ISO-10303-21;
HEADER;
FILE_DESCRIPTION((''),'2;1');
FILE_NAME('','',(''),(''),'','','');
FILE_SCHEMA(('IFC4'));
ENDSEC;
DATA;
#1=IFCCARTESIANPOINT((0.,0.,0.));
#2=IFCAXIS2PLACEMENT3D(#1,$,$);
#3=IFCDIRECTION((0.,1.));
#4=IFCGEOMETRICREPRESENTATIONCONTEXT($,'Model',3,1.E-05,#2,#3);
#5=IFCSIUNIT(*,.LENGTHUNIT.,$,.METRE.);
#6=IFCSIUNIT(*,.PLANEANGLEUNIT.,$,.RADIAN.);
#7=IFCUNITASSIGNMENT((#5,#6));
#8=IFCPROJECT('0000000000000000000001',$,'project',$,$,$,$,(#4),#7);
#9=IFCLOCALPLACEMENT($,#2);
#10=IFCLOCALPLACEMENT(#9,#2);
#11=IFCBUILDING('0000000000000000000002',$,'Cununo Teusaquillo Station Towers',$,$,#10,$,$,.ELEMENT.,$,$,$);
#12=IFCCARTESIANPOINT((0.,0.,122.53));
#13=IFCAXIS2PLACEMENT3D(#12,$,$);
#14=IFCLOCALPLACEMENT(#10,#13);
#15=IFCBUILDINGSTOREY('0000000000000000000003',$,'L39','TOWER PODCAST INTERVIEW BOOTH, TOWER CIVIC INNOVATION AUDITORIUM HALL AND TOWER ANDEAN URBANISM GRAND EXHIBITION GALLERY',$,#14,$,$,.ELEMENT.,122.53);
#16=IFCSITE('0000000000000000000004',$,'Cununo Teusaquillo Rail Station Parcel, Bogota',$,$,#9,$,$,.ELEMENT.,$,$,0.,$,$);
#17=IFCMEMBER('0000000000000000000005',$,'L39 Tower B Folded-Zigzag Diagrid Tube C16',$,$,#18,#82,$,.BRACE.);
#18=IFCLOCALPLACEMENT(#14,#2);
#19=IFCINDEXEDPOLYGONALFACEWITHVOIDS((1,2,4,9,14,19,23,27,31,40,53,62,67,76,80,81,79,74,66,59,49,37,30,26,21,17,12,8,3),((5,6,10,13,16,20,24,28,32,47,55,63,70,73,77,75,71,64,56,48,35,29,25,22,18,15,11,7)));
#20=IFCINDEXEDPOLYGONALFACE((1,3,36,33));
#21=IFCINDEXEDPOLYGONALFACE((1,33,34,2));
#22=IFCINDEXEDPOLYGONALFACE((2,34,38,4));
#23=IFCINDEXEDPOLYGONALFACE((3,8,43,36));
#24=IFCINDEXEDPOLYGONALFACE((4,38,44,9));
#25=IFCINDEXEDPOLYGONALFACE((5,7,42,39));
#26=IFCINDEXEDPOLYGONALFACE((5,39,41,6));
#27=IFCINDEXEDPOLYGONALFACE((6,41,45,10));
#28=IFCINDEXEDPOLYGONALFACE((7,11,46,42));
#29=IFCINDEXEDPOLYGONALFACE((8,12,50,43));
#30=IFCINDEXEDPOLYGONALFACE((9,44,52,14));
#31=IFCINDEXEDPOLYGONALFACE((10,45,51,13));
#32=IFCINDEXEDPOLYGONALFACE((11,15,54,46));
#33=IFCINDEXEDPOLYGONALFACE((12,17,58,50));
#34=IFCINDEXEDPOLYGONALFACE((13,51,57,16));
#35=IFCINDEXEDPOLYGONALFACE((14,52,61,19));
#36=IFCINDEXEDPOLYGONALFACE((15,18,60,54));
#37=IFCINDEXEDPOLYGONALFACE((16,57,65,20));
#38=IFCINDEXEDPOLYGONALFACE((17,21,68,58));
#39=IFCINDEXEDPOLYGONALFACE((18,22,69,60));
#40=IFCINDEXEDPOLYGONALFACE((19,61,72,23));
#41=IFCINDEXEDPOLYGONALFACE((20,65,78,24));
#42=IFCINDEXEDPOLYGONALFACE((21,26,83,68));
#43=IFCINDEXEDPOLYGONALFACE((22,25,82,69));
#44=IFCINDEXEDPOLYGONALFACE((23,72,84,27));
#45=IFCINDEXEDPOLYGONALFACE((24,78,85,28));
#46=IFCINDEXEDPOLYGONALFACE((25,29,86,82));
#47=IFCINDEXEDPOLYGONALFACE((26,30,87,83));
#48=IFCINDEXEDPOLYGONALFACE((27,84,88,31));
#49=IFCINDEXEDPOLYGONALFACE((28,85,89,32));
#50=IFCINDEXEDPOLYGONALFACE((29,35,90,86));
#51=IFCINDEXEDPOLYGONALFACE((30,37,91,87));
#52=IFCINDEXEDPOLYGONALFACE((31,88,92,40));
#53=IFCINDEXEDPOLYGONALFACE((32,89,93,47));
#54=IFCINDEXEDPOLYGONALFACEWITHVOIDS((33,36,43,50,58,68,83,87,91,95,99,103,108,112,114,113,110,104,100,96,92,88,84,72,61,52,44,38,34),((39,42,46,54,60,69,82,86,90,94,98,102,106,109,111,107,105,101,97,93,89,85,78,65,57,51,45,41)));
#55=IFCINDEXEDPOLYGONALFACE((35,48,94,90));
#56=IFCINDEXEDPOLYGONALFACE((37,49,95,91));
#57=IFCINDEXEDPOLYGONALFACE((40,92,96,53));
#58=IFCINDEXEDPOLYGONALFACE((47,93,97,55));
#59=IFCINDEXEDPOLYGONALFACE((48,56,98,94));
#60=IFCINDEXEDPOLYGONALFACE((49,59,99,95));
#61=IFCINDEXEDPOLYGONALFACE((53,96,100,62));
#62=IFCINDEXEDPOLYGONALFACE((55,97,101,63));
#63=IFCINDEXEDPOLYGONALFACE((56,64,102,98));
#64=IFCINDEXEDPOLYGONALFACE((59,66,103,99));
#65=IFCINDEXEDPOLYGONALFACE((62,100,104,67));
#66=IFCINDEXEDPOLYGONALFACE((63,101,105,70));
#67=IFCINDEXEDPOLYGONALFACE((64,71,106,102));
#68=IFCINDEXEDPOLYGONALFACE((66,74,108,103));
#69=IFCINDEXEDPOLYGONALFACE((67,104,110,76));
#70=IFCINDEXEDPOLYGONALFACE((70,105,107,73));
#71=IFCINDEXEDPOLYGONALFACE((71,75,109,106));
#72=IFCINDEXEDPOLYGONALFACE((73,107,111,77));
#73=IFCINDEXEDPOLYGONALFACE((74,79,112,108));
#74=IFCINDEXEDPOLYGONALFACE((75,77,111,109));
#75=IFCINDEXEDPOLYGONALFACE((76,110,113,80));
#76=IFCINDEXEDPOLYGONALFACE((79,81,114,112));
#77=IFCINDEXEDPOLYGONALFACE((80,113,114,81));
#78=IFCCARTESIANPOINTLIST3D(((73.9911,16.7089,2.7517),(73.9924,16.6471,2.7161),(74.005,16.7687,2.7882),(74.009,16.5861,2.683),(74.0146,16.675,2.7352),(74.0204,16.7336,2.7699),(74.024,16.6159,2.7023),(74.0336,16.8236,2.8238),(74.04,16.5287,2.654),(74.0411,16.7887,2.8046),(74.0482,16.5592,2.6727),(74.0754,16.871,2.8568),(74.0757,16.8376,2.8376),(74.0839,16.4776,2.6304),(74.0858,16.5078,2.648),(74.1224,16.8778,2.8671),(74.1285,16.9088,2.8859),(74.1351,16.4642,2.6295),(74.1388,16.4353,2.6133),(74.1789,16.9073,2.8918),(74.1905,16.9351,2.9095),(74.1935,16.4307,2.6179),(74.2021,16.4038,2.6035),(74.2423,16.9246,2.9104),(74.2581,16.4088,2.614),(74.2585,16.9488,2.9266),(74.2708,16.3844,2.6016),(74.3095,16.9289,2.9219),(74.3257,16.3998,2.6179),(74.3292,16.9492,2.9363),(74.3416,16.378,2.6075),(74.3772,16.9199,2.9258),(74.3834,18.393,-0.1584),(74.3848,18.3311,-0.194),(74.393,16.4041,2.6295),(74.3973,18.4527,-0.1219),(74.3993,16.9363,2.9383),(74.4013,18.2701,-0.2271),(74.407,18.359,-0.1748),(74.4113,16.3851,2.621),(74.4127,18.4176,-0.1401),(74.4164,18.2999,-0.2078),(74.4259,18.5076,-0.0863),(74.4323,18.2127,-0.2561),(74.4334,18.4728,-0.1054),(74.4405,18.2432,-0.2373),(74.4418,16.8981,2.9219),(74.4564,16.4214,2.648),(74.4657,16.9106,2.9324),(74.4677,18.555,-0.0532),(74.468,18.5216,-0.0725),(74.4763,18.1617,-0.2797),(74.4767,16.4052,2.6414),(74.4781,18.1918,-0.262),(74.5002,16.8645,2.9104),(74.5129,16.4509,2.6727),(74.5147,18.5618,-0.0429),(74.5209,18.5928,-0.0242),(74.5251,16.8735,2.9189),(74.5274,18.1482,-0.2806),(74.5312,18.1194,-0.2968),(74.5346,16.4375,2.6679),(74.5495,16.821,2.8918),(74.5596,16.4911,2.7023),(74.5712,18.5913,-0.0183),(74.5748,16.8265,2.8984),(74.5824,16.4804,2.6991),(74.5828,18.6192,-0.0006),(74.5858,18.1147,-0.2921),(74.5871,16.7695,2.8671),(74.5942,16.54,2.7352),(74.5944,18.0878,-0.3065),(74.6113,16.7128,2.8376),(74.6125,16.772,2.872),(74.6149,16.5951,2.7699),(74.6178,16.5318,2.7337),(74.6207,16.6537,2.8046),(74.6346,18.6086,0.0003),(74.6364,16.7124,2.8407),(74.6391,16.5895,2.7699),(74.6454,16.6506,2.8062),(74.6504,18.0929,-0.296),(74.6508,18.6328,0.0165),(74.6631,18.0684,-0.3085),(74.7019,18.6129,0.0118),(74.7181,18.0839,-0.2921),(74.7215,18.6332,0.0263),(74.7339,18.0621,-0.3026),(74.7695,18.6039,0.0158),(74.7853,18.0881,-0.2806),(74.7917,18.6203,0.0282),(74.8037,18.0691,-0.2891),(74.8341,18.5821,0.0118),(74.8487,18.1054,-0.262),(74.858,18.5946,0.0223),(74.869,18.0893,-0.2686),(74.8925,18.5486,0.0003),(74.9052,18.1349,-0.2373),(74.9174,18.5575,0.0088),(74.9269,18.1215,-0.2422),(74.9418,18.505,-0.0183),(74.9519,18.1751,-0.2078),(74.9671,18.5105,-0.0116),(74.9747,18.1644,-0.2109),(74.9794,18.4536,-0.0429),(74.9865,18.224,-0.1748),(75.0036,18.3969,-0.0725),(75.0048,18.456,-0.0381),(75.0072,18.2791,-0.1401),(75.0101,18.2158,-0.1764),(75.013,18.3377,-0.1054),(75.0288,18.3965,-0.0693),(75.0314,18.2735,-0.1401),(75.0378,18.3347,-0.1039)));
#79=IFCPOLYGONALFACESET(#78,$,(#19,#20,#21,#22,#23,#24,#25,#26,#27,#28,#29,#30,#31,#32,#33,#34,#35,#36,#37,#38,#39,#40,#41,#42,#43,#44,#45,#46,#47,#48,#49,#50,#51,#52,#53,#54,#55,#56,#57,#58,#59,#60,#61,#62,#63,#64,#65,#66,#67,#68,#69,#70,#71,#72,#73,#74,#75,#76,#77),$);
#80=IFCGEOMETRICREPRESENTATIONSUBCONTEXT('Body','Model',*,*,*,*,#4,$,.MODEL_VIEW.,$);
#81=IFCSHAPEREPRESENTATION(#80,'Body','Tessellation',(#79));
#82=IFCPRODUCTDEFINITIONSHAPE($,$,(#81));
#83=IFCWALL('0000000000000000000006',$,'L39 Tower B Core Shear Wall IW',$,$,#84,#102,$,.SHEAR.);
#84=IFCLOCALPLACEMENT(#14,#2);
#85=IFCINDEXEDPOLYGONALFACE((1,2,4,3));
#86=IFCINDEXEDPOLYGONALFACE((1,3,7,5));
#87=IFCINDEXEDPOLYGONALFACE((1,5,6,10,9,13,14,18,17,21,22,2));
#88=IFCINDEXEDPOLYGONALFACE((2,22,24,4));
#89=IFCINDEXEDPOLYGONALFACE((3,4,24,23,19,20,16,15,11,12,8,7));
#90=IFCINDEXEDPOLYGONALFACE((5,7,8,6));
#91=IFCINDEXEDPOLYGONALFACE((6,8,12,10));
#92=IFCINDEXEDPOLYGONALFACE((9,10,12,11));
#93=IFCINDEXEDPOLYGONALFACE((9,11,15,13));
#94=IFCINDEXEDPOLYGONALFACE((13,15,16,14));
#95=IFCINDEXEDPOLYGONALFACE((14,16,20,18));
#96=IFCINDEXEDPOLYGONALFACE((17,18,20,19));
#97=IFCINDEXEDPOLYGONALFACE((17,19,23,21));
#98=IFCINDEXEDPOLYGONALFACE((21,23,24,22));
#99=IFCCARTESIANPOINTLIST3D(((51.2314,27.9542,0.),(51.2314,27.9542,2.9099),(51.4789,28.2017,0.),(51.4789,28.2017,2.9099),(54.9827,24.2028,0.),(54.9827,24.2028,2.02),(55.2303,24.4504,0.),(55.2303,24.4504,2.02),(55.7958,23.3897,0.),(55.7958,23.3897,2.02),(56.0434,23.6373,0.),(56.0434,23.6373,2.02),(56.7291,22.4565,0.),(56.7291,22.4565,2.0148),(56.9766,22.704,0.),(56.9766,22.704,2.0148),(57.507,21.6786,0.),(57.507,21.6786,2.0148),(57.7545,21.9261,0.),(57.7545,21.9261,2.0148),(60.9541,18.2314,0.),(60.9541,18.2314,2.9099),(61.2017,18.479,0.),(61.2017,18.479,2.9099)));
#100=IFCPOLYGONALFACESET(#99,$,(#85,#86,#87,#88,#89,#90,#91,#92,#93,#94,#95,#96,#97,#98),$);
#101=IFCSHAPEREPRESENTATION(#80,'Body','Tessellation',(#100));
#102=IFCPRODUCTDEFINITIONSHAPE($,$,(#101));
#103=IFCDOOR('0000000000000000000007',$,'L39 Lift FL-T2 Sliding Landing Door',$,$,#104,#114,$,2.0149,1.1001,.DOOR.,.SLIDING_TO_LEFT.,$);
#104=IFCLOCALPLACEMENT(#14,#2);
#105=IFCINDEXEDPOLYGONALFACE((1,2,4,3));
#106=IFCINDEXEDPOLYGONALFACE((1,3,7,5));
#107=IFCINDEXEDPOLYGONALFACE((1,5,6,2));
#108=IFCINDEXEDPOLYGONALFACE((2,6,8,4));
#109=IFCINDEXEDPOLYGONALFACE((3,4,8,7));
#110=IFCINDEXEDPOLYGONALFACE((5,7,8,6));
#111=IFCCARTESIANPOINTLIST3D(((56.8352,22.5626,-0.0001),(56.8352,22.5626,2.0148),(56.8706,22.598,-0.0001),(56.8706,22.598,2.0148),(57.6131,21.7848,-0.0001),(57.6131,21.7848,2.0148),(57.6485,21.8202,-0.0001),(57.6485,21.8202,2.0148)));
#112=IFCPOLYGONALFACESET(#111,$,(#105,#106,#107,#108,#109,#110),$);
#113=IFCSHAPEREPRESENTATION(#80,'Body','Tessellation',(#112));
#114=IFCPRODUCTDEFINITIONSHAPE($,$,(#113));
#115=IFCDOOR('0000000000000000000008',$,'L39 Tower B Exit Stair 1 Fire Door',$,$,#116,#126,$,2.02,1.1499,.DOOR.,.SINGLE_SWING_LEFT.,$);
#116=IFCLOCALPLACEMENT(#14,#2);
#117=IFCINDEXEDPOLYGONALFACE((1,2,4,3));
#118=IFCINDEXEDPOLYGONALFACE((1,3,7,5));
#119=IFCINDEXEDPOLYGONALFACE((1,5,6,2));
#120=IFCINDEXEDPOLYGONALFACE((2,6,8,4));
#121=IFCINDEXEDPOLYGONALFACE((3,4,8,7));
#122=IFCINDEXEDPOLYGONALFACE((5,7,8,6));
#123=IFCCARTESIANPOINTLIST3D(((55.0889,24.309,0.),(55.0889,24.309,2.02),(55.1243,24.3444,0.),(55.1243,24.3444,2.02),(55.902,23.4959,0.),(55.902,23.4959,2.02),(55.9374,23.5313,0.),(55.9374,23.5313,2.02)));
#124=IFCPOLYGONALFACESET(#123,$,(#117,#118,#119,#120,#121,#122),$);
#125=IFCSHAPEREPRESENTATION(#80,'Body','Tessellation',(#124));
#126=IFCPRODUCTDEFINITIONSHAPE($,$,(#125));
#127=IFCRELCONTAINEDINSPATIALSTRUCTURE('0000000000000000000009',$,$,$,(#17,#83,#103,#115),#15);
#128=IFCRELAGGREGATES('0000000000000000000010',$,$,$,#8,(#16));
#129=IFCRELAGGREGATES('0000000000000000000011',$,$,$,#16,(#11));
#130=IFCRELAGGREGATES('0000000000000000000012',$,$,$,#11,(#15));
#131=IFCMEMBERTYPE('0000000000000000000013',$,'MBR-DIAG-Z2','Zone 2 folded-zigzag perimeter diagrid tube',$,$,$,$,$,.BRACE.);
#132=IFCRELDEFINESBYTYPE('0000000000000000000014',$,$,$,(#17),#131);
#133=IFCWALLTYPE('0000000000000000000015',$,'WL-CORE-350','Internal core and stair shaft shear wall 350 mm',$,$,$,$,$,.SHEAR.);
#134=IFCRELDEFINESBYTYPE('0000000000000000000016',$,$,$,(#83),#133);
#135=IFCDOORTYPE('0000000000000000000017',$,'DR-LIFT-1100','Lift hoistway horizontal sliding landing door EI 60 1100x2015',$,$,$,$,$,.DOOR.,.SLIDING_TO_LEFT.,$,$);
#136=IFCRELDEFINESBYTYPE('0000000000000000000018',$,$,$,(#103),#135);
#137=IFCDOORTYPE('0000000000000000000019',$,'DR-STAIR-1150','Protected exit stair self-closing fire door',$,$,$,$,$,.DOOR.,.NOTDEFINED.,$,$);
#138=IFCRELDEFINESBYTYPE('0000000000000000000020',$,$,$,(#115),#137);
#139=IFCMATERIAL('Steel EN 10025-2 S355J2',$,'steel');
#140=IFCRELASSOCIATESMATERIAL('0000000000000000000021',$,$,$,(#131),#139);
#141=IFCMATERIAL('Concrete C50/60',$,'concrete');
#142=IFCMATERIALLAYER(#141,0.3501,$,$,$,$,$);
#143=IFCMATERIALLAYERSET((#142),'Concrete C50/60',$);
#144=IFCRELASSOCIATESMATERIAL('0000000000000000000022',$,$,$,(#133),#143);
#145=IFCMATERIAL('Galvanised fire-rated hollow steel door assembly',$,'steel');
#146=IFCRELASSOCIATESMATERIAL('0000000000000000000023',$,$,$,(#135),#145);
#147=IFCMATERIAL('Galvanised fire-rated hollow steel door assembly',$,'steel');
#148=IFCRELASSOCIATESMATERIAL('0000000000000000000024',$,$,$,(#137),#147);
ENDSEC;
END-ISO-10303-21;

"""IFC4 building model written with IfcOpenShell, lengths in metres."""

from ifc_helpers import new_model, si_unit, direction, frame, frame_2d, origin, origin_2d, place, context, subcontext, project, spatial, rectangle, hollow_circle, extrude, source, transform, mapped, material, layer, layer_set, material_profile, profile_set, type_object, element, fill, save


model = new_model("IFC4")

# Units and contexts
model_context = context("Model", 3, precision=1e-05, world=origin(), true_north=direction((0.0, 1.0)))
body_context = subcontext(model_context, "Body", "Model", "MODEL_VIEW")
ifc_project = project(units=[si_unit("LENGTHUNIT", "METRE"), si_unit("PLANEANGLEUNIT", "RADIAN")], contexts=[model_context])

# Site, building, storey
site_placement = place(None, origin())
site = spatial("IfcSite", under=ifc_project, at=site_placement, Name="Cununo Teusaquillo Rail Station Parcel, Bogota", CompositionType="ELEMENT", RefElevation=0.0)
building_placement = place(site_placement, origin())
building = spatial("IfcBuilding", under=site, at=building_placement, Name="Cununo Teusaquillo Station Towers", CompositionType="ELEMENT")
storey_placement = place(building_placement, frame((0.0, 0.0, 122.53)))
storey = spatial("IfcBuildingStorey", under=building, at=storey_placement, Name="L39", Description="TOWER PODCAST INTERVIEW BOOTH, TOWER CIVIC INNOVATION AUDITORIUM HALL AND TOWER ANDEAN URBANISM GRAND EXHIBITION GALLERY", CompositionType="ELEMENT", Elevation=122.53)

# Member
ifc_material_1 = material(Name="Steel EN 10025-2 S355J2", Category="steel")
ifc_material_profile_1 = material_profile(ifc_material_1, hollow_circle(Radius=0.3301, WallThickness=0.0249, at=origin_2d()), Name="CHS 660x25")
ifc_profile_set_1 = profile_set([ifc_material_profile_1], Name="Steel EN 10025-2 S355J2")
member_type = type_object("IfcMemberType", Name="MBR-DIAG-Z2", Description="Zone 2 folded-zigzag perimeter diagrid tube", PredefinedType="BRACE", material=ifc_profile_set_1)
member_placement = place(storey_placement, frame((74.71, 18.3484, -0.1401), z_axis=(-0.115899, -0.497495, 0.85969), x_axis=(0.97392, -0.22689, 0.0)))
element("IfcMember", 1, at=member_placement, inside=storey, type_object=member_type, Name="L39 Tower B Folded-Zigzag Diagrid Tube C16", PredefinedType="BRACE", context=body_context, shape_type="SweptSolid", body=[
    extrude(hollow_circle(Radius=0.3301, WallThickness=0.0249, at=origin_2d()), origin(), (0.0, 0.0, 1.0), 3.385),
])

# Wall, openings, doors
ifc_material_2 = material(Name="Concrete C50/60", Category="concrete")
ifc_layer_1 = layer(ifc_material_2, 0.3501)
ifc_layer_set_1 = layer_set([ifc_layer_1], Name="Concrete C50/60")
wall_type_1 = type_object("IfcWallType", Name="WL-CORE-350", Description="Internal core and stair shaft shear wall 350 mm", PredefinedType="SHEAR", material=ifc_layer_set_1)
wall_1_placement = place(storey_placement, frame((61.0779, 18.3552, 0.0), z_axis=(0.0, 0.0, 1.0), x_axis=(-0.707107, 0.707107, 0.0)))
wall_1 = element("IfcWall", 2, at=wall_1_placement, inside=storey, type_object=wall_type_1, Name="L39 Tower B Core Shear Wall IW", PredefinedType="SHEAR", context=body_context, shape_type="SweptSolid", body=[
    extrude(rectangle(XDim=13.75, YDim=0.3501, at=frame_2d((6.875, 0.0))), origin(), (0.0, 0.0, 1.0), 2.9099),
])
shared_shape_1 = source(origin(), body_context, "Body", "SweptSolid", [
    extrude(rectangle(XDim=1.1001, YDim=2.0149, at=frame_2d((0.55, 1.0073))), frame((0.0, 0.1851, 0.0), z_axis=(0.0, -1.0, 0.0), x_axis=(1.0, 0.0, 0.0)), (0.0, 0.0, 1.0), 0.3701),
])
opening_1_placement = place(wall_1_placement, frame((4.875, 0.0, 0.0)))
opening_1 = element("IfcOpeningElement", 3, at=opening_1_placement, cuts=wall_1, PredefinedType="OPENING", context=body_context, shape_type="MappedRepresentation", body=[
    mapped(shared_shape_1, transform((0.0, 0.0, 0.0), x_axis=(1.0, 0.0, 0.0), y_axis=(0.0, 1.0, 0.0), z_axis=(0.0, 0.0, 1.0), scale=1.0)),
])
shared_shape_2 = source(origin(), body_context, "Body", "SweptSolid", [
    extrude(rectangle(XDim=1.1499, YDim=2.02, at=frame_2d((0.575, 1.01))), frame((0.0, 0.1851, 0.0), z_axis=(0.0, -1.0, 0.0), x_axis=(1.0, 0.0, 0.0)), (0.0, 0.0, 1.0), 0.3701),
])
opening_2_placement = place(wall_1_placement, frame((7.2949, 0.0, 0.0)))
opening_2 = element("IfcOpeningElement", 4, at=opening_2_placement, cuts=wall_1, PredefinedType="OPENING", context=body_context, shape_type="MappedRepresentation", body=[
    mapped(shared_shape_2, transform((0.0, 0.0, 0.0), x_axis=(1.0, 0.0, 0.0), y_axis=(0.0, 1.0, 0.0), z_axis=(0.0, 0.0, 1.0), scale=1.0)),
])
ifc_material_3 = material(Name="Galvanised fire-rated hollow steel door assembly", Category="steel")
door_type_1 = type_object("IfcDoorType", Name="DR-LIFT-1100", Description="Lift hoistway horizontal sliding landing door EI 60 1100x2015", OperationType="SLIDING_TO_LEFT", PredefinedType="DOOR", material=ifc_material_3)
shared_shape_3 = source(origin(), body_context, "Body", "SweptSolid", [
    extrude(rectangle(XDim=1.1001, YDim=2.0149, at=frame_2d((0.55, 1.0073))), frame((0.0, 0.0249, 0.0), z_axis=(0.0, -1.0, 0.0), x_axis=(1.0, 0.0, 0.0)), (0.0, 0.0, 1.0), 0.05),
])
door_1_placement = place(opening_1_placement, origin())
door_1 = element("IfcDoor", 5, at=door_1_placement, inside=storey, type_object=door_type_1, Name="L39 Lift FL-T2 Sliding Landing Door", OperationType="SLIDING_TO_LEFT", OverallHeight=2.0149, OverallWidth=1.1001, PredefinedType="DOOR", context=body_context, shape_type="MappedRepresentation", body=[
    mapped(shared_shape_3, transform((0.0, 0.0, 0.0), x_axis=(1.0, 0.0, 0.0), y_axis=(0.0, 1.0, 0.0), z_axis=(0.0, 0.0, 1.0), scale=1.0)),
])
fill(opening_1, door_1)
ifc_material_4 = material(Name="Galvanised fire-rated hollow steel door assembly", Category="steel")
door_type_2 = type_object("IfcDoorType", Name="DR-STAIR-1150", Description="Protected exit stair self-closing fire door", OperationType="NOTDEFINED", PredefinedType="DOOR", material=ifc_material_4)
shared_shape_4 = source(origin(), body_context, "Body", "SweptSolid", [
    extrude(rectangle(XDim=1.1499, YDim=2.02, at=frame_2d((0.575, 1.01))), frame((0.0, 0.0249, 0.0), z_axis=(0.0, -1.0, 0.0), x_axis=(1.0, 0.0, 0.0)), (0.0, 0.0, 1.0), 0.05),
])
door_2_placement = place(opening_2_placement, origin())
door_2 = element("IfcDoor", 6, at=door_2_placement, inside=storey, type_object=door_type_2, Name="L39 Tower B Exit Stair 1 Fire Door", OperationType="SINGLE_SWING_LEFT", OverallHeight=2.02, OverallWidth=1.1499, PredefinedType="DOOR", context=body_context, shape_type="MappedRepresentation", body=[
    mapped(shared_shape_4, transform((0.0, 0.0, 0.0), x_axis=(1.0, 0.0, 0.0), y_axis=(0.0, 1.0, 0.0), z_axis=(0.0, 0.0, 1.0), scale=1.0)),
])
fill(opening_2, door_2)

save(model, "model.ifc")
